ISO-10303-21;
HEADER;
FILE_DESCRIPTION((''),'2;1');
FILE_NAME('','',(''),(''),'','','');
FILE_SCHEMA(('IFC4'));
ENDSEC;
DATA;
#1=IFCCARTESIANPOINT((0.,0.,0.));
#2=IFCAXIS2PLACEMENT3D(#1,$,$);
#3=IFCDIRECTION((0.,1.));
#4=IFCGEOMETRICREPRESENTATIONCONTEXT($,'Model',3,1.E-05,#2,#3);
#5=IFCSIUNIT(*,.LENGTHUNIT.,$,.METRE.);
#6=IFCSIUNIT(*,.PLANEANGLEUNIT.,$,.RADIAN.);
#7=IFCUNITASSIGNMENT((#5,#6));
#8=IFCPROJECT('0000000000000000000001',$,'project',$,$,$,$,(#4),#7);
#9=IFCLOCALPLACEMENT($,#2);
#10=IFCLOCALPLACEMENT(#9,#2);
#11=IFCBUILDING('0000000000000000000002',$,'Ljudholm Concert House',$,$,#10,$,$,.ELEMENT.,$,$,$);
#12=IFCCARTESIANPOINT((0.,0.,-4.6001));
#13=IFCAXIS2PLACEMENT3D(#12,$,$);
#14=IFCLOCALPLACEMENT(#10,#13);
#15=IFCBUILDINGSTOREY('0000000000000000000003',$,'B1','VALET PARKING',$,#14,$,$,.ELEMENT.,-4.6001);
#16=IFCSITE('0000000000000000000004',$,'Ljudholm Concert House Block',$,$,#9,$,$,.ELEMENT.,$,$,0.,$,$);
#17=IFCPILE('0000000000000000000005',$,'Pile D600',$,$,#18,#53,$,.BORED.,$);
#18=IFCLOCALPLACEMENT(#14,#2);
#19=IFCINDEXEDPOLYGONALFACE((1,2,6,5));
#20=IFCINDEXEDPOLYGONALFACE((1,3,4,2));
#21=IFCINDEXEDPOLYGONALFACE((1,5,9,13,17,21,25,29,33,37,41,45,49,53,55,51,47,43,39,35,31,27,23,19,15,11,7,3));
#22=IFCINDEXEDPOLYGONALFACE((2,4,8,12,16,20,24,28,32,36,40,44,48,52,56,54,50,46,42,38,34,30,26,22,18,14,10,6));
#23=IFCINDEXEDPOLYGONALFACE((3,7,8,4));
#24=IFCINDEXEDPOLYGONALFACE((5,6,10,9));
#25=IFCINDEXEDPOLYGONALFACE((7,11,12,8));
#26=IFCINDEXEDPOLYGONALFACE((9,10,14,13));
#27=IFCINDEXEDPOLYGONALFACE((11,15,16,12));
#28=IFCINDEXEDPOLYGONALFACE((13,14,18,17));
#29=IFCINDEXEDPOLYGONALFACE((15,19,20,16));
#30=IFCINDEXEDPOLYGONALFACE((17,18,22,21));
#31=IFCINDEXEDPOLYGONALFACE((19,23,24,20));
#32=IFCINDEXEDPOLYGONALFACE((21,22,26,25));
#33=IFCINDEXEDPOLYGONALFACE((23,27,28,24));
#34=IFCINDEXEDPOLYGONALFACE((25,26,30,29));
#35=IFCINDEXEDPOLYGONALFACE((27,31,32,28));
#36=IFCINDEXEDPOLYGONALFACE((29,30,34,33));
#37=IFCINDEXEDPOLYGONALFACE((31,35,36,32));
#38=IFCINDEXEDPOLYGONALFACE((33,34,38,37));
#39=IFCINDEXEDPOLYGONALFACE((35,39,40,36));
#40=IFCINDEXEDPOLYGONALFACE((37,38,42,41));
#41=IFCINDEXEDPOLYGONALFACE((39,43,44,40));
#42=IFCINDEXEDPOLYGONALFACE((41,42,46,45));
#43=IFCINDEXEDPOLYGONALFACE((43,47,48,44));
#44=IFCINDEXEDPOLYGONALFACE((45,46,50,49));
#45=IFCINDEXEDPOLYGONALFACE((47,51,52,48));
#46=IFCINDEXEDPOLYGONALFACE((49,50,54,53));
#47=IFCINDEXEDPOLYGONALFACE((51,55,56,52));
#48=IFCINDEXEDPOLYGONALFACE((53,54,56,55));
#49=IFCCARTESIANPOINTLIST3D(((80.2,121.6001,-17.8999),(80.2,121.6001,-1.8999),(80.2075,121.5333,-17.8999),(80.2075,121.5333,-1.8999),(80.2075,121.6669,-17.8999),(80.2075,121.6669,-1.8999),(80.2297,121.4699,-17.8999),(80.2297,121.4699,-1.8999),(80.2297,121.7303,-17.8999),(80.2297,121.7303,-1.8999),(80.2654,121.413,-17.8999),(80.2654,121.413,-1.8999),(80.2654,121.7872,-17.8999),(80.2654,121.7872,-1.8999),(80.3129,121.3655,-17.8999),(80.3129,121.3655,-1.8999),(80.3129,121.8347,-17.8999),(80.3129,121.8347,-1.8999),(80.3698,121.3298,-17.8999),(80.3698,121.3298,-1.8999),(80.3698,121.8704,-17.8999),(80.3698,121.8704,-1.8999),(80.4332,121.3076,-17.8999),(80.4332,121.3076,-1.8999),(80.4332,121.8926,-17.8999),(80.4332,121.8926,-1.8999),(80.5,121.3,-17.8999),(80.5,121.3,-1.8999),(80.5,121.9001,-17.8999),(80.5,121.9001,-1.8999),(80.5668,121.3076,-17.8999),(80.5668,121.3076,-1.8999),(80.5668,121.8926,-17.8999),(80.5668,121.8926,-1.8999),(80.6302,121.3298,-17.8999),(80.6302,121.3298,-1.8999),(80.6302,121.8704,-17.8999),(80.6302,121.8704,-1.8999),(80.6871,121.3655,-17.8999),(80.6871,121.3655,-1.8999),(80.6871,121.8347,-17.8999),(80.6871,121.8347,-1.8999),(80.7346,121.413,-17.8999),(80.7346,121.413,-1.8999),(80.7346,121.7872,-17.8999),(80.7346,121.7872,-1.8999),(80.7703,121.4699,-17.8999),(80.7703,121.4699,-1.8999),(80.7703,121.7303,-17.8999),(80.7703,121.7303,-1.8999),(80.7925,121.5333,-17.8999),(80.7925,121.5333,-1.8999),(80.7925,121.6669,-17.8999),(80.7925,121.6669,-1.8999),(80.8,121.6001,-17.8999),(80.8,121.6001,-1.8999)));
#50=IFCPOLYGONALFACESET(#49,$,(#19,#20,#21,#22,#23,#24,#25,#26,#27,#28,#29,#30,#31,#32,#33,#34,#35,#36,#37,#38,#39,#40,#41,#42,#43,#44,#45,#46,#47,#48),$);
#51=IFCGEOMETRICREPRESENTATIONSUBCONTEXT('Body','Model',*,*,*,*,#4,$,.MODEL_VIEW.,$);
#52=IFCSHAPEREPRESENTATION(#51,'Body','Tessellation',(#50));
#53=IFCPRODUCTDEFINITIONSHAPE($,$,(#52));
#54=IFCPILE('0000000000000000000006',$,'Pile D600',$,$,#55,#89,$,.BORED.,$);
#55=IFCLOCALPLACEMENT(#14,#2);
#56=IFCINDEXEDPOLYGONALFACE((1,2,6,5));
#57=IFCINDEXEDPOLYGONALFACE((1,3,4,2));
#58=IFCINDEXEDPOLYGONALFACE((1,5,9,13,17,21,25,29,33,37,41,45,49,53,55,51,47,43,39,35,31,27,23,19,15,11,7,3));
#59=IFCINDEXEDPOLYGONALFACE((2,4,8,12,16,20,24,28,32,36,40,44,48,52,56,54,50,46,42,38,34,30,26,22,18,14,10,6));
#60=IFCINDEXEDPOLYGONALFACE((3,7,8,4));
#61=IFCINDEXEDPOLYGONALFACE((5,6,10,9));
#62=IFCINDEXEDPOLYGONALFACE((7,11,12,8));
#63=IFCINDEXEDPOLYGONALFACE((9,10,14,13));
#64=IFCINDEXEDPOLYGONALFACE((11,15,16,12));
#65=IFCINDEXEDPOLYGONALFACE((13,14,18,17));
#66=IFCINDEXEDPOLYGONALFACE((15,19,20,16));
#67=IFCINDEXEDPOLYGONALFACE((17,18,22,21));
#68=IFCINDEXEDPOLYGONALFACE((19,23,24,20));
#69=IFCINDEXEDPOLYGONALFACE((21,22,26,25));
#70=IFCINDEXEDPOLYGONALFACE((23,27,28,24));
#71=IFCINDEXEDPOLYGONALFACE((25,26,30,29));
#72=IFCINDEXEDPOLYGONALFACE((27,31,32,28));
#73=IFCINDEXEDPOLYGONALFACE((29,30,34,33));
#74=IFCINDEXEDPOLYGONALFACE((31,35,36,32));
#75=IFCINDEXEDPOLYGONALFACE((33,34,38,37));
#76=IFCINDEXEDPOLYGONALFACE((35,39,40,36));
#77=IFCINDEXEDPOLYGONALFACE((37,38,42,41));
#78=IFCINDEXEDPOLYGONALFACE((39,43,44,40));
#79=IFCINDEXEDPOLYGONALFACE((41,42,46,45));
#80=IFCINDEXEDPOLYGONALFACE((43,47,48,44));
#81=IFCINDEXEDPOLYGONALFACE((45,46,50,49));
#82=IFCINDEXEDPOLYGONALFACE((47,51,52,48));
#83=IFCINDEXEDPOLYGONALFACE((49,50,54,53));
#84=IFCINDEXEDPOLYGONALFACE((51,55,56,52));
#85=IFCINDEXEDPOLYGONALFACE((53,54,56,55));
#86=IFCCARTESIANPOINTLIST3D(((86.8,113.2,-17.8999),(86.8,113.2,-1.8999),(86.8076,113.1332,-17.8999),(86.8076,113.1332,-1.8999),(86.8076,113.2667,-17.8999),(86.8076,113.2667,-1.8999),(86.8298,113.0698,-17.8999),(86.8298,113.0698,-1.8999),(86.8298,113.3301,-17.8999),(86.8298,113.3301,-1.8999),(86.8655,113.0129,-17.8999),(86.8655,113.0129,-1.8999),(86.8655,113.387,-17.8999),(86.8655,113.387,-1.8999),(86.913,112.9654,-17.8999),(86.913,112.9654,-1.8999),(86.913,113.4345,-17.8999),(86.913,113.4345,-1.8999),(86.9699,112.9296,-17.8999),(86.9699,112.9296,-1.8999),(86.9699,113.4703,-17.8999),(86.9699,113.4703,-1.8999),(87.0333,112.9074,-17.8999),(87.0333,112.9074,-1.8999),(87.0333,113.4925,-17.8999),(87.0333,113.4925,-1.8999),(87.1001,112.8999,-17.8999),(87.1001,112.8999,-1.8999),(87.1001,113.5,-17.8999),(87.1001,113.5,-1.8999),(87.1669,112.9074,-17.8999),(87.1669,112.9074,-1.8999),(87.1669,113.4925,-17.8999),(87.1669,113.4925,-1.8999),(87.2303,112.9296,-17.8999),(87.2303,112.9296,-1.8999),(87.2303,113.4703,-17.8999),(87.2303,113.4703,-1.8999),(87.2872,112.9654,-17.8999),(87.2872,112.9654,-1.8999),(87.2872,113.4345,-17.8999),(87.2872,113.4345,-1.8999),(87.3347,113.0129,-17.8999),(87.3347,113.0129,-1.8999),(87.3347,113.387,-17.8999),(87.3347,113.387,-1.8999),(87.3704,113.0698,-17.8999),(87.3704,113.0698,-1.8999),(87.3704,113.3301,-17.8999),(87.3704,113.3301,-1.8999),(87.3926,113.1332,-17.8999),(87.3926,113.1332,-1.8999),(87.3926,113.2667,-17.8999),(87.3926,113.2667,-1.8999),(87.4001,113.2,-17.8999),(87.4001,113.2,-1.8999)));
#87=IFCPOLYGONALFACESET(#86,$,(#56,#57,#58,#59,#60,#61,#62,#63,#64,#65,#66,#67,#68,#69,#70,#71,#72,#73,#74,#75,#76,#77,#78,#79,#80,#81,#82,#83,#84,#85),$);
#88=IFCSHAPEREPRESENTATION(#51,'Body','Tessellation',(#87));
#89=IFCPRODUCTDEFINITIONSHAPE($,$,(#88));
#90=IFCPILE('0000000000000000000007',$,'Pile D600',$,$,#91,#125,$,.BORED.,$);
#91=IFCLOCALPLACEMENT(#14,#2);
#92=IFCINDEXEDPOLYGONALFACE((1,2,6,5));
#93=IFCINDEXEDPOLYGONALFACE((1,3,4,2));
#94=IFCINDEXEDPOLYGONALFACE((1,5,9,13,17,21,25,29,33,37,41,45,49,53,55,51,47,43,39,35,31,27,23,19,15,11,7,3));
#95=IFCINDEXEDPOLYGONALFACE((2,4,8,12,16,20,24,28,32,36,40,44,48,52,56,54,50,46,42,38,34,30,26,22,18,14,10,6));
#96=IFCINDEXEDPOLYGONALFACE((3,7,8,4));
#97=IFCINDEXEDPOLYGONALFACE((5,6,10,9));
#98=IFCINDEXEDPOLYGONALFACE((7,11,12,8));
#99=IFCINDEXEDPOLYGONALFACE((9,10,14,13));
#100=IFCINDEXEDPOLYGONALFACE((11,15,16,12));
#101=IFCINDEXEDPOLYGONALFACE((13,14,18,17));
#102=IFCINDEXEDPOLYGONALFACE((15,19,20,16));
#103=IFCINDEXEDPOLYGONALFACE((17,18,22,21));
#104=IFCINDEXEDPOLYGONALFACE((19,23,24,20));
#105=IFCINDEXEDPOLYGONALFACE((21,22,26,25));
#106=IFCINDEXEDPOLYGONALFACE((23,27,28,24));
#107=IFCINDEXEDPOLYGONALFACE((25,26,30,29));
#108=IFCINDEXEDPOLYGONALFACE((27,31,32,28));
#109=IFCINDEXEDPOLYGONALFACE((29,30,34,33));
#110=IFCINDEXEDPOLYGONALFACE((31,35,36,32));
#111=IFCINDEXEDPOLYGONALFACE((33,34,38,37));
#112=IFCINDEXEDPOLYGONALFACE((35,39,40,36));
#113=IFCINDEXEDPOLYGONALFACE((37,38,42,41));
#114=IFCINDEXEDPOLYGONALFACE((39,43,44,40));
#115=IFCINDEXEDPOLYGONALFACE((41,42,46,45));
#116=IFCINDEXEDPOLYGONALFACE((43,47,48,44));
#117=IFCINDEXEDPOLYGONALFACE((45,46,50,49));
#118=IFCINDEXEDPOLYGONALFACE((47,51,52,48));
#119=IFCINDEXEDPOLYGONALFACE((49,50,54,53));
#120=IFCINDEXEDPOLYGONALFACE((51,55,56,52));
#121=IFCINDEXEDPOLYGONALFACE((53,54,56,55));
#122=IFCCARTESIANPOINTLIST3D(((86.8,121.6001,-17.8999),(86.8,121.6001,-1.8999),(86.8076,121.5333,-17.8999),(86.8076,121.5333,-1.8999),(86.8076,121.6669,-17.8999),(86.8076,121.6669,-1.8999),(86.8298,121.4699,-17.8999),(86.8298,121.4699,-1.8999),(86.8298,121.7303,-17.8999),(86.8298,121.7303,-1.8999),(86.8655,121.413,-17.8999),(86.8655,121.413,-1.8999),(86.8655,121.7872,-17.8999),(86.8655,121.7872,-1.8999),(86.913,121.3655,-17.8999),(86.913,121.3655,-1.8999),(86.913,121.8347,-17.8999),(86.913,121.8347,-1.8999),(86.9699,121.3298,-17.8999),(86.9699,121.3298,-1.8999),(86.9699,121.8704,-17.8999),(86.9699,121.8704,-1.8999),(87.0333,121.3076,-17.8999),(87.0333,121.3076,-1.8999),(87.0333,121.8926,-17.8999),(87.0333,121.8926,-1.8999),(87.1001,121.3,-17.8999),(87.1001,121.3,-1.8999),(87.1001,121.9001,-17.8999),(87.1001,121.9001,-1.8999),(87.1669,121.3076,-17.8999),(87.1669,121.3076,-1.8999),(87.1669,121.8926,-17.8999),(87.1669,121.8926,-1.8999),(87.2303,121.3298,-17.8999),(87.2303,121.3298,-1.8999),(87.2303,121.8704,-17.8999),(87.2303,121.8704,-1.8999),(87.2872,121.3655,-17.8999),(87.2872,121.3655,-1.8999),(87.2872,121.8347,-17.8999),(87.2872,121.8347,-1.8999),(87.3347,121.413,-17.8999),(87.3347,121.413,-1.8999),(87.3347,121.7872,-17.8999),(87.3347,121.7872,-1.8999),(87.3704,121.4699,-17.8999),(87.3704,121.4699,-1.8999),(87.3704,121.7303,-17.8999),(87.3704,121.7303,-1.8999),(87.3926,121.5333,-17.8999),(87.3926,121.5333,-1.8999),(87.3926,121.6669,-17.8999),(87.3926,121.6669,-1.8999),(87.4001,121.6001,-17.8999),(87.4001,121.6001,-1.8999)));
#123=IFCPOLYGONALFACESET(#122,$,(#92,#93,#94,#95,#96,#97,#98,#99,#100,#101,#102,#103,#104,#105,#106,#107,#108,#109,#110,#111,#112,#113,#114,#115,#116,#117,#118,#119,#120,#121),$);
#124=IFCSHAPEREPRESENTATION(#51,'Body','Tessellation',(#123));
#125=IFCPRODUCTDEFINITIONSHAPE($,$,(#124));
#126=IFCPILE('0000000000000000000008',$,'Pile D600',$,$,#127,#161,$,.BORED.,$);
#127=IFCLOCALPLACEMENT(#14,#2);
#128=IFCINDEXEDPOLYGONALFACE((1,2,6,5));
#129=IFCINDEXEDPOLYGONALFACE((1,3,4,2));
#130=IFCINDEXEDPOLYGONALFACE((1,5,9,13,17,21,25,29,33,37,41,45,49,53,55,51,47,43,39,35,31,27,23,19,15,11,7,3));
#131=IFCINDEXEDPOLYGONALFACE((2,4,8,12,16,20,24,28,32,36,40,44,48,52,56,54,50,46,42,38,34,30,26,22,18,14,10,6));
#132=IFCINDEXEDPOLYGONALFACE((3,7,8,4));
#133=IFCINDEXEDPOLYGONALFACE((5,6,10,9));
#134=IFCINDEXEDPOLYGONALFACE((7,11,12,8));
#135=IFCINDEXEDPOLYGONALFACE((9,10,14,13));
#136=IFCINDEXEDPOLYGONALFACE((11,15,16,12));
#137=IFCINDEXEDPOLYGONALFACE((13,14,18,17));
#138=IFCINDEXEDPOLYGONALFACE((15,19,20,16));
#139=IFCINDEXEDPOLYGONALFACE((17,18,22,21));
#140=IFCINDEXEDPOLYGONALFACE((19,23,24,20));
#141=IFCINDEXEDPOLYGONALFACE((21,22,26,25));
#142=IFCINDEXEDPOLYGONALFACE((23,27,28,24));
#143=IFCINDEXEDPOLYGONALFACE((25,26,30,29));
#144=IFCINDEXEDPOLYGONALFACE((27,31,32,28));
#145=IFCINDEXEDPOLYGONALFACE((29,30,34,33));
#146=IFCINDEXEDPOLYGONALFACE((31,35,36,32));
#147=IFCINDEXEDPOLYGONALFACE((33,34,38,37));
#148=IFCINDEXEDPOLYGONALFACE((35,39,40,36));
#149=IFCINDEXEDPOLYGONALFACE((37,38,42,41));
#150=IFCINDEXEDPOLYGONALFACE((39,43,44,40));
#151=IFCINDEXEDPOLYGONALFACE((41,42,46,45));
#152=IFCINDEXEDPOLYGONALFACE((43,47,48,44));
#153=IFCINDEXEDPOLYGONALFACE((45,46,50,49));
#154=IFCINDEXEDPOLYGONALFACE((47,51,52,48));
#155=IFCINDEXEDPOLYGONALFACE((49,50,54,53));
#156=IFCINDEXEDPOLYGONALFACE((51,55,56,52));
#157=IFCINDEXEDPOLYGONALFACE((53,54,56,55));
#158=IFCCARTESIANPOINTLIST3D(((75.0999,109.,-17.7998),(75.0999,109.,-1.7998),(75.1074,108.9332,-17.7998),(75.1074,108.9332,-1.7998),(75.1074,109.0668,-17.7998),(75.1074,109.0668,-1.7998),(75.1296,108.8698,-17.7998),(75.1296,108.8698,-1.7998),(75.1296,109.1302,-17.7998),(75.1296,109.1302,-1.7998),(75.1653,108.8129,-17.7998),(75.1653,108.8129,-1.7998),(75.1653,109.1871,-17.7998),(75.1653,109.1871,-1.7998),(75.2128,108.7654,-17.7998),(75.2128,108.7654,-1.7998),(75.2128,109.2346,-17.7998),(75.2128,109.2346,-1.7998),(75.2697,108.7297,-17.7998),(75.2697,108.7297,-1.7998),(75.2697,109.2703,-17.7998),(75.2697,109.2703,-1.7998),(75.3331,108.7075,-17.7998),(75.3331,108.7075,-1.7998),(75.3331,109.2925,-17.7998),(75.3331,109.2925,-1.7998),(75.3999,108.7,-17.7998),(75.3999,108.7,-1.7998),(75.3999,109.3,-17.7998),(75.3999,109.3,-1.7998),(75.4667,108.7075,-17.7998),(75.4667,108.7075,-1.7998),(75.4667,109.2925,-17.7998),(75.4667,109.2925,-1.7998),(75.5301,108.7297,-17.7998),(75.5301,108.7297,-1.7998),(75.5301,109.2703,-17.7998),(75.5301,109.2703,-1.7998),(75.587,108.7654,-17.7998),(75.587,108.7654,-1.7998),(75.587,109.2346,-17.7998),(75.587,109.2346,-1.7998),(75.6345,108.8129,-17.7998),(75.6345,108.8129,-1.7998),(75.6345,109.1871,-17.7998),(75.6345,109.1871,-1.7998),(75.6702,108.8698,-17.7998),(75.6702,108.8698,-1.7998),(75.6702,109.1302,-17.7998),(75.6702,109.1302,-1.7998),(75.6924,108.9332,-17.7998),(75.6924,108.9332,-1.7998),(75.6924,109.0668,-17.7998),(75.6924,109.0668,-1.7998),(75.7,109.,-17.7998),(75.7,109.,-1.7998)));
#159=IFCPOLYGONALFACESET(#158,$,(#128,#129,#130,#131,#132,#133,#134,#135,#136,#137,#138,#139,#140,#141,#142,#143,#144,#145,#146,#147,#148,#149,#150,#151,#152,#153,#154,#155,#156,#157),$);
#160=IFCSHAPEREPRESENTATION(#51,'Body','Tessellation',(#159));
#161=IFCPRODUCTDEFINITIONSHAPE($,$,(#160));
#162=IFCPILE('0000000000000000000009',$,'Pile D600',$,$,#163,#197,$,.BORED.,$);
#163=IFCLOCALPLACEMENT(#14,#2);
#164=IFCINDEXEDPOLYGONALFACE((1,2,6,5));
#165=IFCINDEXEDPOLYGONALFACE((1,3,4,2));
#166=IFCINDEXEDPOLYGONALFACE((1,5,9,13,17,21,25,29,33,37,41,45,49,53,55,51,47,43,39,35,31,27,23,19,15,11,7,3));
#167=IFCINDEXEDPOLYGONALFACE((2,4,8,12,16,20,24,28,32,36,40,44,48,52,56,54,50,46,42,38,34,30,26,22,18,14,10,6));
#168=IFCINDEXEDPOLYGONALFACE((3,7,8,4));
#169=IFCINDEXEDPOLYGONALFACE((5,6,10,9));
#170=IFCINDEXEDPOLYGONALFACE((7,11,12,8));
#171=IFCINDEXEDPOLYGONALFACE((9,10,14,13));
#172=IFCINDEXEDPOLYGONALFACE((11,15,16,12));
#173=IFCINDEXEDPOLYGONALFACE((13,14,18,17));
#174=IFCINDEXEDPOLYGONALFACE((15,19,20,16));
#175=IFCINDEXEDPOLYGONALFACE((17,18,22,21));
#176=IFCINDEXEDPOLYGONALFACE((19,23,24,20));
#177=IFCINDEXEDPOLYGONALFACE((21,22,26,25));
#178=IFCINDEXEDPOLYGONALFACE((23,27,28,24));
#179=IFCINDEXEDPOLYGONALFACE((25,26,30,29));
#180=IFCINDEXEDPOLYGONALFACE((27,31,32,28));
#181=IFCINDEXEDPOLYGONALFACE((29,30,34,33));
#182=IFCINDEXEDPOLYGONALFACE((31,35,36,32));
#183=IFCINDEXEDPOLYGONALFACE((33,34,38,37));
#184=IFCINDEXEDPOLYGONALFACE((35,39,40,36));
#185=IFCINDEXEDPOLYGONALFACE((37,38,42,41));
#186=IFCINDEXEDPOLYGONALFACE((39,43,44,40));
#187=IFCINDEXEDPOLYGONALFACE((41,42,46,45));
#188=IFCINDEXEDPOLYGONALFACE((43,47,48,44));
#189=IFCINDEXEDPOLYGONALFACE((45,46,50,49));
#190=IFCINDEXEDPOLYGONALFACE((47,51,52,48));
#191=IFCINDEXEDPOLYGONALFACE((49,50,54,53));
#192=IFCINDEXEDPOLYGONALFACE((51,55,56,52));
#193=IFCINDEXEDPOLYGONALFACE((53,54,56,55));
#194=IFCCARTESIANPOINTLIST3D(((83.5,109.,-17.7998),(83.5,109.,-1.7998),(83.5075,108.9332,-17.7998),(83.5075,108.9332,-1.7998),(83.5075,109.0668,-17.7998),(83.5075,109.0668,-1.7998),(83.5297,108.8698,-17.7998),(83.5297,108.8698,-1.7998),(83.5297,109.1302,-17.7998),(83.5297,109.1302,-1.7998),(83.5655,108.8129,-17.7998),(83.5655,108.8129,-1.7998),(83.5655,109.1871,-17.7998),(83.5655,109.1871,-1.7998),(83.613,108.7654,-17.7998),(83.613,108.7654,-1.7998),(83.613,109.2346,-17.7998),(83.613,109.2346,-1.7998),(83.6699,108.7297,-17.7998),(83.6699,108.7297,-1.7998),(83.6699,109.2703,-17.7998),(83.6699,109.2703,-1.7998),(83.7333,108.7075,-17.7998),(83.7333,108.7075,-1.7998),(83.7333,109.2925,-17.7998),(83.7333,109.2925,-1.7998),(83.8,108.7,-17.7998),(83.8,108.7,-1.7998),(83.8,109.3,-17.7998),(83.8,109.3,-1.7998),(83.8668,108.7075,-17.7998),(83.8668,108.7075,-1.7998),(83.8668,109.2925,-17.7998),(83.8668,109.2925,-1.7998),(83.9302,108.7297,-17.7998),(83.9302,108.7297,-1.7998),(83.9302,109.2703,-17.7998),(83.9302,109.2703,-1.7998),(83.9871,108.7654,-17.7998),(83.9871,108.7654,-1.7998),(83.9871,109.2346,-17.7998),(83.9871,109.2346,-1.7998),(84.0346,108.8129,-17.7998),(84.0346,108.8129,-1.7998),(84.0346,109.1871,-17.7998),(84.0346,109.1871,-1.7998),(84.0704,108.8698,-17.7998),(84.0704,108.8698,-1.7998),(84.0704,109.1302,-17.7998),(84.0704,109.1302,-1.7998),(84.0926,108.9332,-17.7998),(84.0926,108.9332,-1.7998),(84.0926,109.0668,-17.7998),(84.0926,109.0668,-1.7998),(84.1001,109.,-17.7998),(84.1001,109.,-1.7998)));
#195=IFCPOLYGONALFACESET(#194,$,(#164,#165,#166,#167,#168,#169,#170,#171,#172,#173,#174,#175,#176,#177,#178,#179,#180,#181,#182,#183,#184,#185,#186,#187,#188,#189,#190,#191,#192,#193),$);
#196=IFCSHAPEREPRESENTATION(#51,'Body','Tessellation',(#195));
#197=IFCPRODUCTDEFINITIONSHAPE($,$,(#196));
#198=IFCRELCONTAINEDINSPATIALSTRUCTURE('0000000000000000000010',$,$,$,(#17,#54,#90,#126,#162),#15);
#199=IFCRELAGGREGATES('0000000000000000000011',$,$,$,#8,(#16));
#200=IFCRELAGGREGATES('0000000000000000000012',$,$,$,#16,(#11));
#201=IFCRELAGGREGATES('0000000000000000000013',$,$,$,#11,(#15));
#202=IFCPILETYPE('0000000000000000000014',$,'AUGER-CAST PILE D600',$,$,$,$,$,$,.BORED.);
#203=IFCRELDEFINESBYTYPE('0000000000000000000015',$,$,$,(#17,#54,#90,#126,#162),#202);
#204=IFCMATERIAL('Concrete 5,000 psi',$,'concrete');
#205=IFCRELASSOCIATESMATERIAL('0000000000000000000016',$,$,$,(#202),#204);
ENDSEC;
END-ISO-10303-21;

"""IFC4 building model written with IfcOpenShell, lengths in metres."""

from ifc_helpers import new_model, si_unit, direction, frame, origin, origin_2d, place, context, subcontext, project, spatial, circle, extrude, material, material_profile, profile_set, type_object, element, save


model = new_model("IFC4")

# Units and contexts
model_context = context("Model", 3, precision=1e-05, world=origin(), true_north=direction((0.0, 1.0)))
body_context = subcontext(model_context, "Body", "Model", "MODEL_VIEW")
ifc_project = project(units=[si_unit("LENGTHUNIT", "METRE"), si_unit("PLANEANGLEUNIT", "RADIAN")], contexts=[model_context])

# Site, building, storey
site_placement = place(None, origin())
site = spatial("IfcSite", under=ifc_project, at=site_placement, Name="Ljudholm Concert House Block", CompositionType="ELEMENT", RefElevation=0.0)
building_placement = place(site_placement, origin())
building = spatial("IfcBuilding", under=site, at=building_placement, Name="Ljudholm Concert House", CompositionType="ELEMENT")
storey_placement = place(building_placement, frame((0.0, 0.0, -4.6001)))
storey = spatial("IfcBuildingStorey", under=building, at=storey_placement, Name="B1", Description="VALET PARKING", CompositionType="ELEMENT", Elevation=-4.6001)

# Piles
ifc_material_1 = material(Name="Concrete 5,000 psi", Category="concrete")
ifc_material_profile_1 = material_profile(ifc_material_1, circle(Radius=0.3, at=origin_2d()), Name="AUGER-CAST PILE D600")
ifc_profile_set_1 = profile_set([ifc_material_profile_1], Name="Concrete 5,000 psi")
pile_type = type_object("IfcPileType", Name="AUGER-CAST PILE D600", PredefinedType="BORED", material=ifc_profile_set_1)
for number, where, z_axis, x_axis, name in (
    (1, (80.5, 121.6001, -1.8999), (0.0, 0.0, -1.0), (1.0, 0.0, 0.0), "Pile D600"),
    (2, (87.1001, 113.2, -1.8999), (0.0, 0.0, -1.0), (1.0, 0.0, 0.0), "Pile D600"),
    (3, (87.1001, 121.6001, -1.8999), (0.0, 0.0, -1.0), (1.0, 0.0, 0.0), "Pile D600"),
    (4, (75.3999, 109.0, -1.7998), (0.0, 0.0, -1.0), (1.0, 0.0, 0.0), "Pile D600"),
    (5, (83.8, 109.0, -1.7998), (0.0, 0.0, -1.0), (1.0, 0.0, 0.0), "Pile D600"),
):
    element("IfcPile", number, at=place(storey_placement, frame(where, z_axis=z_axis, x_axis=x_axis)), inside=storey, type_object=pile_type, Name=name, PredefinedType="BORED", context=body_context, shape_type="SweptSolid", body=[
        extrude(circle(Radius=0.3, at=origin_2d()), origin(), (0.0, 0.0, 1.0), 16.0),
    ])

save(model, "model.ifc")
